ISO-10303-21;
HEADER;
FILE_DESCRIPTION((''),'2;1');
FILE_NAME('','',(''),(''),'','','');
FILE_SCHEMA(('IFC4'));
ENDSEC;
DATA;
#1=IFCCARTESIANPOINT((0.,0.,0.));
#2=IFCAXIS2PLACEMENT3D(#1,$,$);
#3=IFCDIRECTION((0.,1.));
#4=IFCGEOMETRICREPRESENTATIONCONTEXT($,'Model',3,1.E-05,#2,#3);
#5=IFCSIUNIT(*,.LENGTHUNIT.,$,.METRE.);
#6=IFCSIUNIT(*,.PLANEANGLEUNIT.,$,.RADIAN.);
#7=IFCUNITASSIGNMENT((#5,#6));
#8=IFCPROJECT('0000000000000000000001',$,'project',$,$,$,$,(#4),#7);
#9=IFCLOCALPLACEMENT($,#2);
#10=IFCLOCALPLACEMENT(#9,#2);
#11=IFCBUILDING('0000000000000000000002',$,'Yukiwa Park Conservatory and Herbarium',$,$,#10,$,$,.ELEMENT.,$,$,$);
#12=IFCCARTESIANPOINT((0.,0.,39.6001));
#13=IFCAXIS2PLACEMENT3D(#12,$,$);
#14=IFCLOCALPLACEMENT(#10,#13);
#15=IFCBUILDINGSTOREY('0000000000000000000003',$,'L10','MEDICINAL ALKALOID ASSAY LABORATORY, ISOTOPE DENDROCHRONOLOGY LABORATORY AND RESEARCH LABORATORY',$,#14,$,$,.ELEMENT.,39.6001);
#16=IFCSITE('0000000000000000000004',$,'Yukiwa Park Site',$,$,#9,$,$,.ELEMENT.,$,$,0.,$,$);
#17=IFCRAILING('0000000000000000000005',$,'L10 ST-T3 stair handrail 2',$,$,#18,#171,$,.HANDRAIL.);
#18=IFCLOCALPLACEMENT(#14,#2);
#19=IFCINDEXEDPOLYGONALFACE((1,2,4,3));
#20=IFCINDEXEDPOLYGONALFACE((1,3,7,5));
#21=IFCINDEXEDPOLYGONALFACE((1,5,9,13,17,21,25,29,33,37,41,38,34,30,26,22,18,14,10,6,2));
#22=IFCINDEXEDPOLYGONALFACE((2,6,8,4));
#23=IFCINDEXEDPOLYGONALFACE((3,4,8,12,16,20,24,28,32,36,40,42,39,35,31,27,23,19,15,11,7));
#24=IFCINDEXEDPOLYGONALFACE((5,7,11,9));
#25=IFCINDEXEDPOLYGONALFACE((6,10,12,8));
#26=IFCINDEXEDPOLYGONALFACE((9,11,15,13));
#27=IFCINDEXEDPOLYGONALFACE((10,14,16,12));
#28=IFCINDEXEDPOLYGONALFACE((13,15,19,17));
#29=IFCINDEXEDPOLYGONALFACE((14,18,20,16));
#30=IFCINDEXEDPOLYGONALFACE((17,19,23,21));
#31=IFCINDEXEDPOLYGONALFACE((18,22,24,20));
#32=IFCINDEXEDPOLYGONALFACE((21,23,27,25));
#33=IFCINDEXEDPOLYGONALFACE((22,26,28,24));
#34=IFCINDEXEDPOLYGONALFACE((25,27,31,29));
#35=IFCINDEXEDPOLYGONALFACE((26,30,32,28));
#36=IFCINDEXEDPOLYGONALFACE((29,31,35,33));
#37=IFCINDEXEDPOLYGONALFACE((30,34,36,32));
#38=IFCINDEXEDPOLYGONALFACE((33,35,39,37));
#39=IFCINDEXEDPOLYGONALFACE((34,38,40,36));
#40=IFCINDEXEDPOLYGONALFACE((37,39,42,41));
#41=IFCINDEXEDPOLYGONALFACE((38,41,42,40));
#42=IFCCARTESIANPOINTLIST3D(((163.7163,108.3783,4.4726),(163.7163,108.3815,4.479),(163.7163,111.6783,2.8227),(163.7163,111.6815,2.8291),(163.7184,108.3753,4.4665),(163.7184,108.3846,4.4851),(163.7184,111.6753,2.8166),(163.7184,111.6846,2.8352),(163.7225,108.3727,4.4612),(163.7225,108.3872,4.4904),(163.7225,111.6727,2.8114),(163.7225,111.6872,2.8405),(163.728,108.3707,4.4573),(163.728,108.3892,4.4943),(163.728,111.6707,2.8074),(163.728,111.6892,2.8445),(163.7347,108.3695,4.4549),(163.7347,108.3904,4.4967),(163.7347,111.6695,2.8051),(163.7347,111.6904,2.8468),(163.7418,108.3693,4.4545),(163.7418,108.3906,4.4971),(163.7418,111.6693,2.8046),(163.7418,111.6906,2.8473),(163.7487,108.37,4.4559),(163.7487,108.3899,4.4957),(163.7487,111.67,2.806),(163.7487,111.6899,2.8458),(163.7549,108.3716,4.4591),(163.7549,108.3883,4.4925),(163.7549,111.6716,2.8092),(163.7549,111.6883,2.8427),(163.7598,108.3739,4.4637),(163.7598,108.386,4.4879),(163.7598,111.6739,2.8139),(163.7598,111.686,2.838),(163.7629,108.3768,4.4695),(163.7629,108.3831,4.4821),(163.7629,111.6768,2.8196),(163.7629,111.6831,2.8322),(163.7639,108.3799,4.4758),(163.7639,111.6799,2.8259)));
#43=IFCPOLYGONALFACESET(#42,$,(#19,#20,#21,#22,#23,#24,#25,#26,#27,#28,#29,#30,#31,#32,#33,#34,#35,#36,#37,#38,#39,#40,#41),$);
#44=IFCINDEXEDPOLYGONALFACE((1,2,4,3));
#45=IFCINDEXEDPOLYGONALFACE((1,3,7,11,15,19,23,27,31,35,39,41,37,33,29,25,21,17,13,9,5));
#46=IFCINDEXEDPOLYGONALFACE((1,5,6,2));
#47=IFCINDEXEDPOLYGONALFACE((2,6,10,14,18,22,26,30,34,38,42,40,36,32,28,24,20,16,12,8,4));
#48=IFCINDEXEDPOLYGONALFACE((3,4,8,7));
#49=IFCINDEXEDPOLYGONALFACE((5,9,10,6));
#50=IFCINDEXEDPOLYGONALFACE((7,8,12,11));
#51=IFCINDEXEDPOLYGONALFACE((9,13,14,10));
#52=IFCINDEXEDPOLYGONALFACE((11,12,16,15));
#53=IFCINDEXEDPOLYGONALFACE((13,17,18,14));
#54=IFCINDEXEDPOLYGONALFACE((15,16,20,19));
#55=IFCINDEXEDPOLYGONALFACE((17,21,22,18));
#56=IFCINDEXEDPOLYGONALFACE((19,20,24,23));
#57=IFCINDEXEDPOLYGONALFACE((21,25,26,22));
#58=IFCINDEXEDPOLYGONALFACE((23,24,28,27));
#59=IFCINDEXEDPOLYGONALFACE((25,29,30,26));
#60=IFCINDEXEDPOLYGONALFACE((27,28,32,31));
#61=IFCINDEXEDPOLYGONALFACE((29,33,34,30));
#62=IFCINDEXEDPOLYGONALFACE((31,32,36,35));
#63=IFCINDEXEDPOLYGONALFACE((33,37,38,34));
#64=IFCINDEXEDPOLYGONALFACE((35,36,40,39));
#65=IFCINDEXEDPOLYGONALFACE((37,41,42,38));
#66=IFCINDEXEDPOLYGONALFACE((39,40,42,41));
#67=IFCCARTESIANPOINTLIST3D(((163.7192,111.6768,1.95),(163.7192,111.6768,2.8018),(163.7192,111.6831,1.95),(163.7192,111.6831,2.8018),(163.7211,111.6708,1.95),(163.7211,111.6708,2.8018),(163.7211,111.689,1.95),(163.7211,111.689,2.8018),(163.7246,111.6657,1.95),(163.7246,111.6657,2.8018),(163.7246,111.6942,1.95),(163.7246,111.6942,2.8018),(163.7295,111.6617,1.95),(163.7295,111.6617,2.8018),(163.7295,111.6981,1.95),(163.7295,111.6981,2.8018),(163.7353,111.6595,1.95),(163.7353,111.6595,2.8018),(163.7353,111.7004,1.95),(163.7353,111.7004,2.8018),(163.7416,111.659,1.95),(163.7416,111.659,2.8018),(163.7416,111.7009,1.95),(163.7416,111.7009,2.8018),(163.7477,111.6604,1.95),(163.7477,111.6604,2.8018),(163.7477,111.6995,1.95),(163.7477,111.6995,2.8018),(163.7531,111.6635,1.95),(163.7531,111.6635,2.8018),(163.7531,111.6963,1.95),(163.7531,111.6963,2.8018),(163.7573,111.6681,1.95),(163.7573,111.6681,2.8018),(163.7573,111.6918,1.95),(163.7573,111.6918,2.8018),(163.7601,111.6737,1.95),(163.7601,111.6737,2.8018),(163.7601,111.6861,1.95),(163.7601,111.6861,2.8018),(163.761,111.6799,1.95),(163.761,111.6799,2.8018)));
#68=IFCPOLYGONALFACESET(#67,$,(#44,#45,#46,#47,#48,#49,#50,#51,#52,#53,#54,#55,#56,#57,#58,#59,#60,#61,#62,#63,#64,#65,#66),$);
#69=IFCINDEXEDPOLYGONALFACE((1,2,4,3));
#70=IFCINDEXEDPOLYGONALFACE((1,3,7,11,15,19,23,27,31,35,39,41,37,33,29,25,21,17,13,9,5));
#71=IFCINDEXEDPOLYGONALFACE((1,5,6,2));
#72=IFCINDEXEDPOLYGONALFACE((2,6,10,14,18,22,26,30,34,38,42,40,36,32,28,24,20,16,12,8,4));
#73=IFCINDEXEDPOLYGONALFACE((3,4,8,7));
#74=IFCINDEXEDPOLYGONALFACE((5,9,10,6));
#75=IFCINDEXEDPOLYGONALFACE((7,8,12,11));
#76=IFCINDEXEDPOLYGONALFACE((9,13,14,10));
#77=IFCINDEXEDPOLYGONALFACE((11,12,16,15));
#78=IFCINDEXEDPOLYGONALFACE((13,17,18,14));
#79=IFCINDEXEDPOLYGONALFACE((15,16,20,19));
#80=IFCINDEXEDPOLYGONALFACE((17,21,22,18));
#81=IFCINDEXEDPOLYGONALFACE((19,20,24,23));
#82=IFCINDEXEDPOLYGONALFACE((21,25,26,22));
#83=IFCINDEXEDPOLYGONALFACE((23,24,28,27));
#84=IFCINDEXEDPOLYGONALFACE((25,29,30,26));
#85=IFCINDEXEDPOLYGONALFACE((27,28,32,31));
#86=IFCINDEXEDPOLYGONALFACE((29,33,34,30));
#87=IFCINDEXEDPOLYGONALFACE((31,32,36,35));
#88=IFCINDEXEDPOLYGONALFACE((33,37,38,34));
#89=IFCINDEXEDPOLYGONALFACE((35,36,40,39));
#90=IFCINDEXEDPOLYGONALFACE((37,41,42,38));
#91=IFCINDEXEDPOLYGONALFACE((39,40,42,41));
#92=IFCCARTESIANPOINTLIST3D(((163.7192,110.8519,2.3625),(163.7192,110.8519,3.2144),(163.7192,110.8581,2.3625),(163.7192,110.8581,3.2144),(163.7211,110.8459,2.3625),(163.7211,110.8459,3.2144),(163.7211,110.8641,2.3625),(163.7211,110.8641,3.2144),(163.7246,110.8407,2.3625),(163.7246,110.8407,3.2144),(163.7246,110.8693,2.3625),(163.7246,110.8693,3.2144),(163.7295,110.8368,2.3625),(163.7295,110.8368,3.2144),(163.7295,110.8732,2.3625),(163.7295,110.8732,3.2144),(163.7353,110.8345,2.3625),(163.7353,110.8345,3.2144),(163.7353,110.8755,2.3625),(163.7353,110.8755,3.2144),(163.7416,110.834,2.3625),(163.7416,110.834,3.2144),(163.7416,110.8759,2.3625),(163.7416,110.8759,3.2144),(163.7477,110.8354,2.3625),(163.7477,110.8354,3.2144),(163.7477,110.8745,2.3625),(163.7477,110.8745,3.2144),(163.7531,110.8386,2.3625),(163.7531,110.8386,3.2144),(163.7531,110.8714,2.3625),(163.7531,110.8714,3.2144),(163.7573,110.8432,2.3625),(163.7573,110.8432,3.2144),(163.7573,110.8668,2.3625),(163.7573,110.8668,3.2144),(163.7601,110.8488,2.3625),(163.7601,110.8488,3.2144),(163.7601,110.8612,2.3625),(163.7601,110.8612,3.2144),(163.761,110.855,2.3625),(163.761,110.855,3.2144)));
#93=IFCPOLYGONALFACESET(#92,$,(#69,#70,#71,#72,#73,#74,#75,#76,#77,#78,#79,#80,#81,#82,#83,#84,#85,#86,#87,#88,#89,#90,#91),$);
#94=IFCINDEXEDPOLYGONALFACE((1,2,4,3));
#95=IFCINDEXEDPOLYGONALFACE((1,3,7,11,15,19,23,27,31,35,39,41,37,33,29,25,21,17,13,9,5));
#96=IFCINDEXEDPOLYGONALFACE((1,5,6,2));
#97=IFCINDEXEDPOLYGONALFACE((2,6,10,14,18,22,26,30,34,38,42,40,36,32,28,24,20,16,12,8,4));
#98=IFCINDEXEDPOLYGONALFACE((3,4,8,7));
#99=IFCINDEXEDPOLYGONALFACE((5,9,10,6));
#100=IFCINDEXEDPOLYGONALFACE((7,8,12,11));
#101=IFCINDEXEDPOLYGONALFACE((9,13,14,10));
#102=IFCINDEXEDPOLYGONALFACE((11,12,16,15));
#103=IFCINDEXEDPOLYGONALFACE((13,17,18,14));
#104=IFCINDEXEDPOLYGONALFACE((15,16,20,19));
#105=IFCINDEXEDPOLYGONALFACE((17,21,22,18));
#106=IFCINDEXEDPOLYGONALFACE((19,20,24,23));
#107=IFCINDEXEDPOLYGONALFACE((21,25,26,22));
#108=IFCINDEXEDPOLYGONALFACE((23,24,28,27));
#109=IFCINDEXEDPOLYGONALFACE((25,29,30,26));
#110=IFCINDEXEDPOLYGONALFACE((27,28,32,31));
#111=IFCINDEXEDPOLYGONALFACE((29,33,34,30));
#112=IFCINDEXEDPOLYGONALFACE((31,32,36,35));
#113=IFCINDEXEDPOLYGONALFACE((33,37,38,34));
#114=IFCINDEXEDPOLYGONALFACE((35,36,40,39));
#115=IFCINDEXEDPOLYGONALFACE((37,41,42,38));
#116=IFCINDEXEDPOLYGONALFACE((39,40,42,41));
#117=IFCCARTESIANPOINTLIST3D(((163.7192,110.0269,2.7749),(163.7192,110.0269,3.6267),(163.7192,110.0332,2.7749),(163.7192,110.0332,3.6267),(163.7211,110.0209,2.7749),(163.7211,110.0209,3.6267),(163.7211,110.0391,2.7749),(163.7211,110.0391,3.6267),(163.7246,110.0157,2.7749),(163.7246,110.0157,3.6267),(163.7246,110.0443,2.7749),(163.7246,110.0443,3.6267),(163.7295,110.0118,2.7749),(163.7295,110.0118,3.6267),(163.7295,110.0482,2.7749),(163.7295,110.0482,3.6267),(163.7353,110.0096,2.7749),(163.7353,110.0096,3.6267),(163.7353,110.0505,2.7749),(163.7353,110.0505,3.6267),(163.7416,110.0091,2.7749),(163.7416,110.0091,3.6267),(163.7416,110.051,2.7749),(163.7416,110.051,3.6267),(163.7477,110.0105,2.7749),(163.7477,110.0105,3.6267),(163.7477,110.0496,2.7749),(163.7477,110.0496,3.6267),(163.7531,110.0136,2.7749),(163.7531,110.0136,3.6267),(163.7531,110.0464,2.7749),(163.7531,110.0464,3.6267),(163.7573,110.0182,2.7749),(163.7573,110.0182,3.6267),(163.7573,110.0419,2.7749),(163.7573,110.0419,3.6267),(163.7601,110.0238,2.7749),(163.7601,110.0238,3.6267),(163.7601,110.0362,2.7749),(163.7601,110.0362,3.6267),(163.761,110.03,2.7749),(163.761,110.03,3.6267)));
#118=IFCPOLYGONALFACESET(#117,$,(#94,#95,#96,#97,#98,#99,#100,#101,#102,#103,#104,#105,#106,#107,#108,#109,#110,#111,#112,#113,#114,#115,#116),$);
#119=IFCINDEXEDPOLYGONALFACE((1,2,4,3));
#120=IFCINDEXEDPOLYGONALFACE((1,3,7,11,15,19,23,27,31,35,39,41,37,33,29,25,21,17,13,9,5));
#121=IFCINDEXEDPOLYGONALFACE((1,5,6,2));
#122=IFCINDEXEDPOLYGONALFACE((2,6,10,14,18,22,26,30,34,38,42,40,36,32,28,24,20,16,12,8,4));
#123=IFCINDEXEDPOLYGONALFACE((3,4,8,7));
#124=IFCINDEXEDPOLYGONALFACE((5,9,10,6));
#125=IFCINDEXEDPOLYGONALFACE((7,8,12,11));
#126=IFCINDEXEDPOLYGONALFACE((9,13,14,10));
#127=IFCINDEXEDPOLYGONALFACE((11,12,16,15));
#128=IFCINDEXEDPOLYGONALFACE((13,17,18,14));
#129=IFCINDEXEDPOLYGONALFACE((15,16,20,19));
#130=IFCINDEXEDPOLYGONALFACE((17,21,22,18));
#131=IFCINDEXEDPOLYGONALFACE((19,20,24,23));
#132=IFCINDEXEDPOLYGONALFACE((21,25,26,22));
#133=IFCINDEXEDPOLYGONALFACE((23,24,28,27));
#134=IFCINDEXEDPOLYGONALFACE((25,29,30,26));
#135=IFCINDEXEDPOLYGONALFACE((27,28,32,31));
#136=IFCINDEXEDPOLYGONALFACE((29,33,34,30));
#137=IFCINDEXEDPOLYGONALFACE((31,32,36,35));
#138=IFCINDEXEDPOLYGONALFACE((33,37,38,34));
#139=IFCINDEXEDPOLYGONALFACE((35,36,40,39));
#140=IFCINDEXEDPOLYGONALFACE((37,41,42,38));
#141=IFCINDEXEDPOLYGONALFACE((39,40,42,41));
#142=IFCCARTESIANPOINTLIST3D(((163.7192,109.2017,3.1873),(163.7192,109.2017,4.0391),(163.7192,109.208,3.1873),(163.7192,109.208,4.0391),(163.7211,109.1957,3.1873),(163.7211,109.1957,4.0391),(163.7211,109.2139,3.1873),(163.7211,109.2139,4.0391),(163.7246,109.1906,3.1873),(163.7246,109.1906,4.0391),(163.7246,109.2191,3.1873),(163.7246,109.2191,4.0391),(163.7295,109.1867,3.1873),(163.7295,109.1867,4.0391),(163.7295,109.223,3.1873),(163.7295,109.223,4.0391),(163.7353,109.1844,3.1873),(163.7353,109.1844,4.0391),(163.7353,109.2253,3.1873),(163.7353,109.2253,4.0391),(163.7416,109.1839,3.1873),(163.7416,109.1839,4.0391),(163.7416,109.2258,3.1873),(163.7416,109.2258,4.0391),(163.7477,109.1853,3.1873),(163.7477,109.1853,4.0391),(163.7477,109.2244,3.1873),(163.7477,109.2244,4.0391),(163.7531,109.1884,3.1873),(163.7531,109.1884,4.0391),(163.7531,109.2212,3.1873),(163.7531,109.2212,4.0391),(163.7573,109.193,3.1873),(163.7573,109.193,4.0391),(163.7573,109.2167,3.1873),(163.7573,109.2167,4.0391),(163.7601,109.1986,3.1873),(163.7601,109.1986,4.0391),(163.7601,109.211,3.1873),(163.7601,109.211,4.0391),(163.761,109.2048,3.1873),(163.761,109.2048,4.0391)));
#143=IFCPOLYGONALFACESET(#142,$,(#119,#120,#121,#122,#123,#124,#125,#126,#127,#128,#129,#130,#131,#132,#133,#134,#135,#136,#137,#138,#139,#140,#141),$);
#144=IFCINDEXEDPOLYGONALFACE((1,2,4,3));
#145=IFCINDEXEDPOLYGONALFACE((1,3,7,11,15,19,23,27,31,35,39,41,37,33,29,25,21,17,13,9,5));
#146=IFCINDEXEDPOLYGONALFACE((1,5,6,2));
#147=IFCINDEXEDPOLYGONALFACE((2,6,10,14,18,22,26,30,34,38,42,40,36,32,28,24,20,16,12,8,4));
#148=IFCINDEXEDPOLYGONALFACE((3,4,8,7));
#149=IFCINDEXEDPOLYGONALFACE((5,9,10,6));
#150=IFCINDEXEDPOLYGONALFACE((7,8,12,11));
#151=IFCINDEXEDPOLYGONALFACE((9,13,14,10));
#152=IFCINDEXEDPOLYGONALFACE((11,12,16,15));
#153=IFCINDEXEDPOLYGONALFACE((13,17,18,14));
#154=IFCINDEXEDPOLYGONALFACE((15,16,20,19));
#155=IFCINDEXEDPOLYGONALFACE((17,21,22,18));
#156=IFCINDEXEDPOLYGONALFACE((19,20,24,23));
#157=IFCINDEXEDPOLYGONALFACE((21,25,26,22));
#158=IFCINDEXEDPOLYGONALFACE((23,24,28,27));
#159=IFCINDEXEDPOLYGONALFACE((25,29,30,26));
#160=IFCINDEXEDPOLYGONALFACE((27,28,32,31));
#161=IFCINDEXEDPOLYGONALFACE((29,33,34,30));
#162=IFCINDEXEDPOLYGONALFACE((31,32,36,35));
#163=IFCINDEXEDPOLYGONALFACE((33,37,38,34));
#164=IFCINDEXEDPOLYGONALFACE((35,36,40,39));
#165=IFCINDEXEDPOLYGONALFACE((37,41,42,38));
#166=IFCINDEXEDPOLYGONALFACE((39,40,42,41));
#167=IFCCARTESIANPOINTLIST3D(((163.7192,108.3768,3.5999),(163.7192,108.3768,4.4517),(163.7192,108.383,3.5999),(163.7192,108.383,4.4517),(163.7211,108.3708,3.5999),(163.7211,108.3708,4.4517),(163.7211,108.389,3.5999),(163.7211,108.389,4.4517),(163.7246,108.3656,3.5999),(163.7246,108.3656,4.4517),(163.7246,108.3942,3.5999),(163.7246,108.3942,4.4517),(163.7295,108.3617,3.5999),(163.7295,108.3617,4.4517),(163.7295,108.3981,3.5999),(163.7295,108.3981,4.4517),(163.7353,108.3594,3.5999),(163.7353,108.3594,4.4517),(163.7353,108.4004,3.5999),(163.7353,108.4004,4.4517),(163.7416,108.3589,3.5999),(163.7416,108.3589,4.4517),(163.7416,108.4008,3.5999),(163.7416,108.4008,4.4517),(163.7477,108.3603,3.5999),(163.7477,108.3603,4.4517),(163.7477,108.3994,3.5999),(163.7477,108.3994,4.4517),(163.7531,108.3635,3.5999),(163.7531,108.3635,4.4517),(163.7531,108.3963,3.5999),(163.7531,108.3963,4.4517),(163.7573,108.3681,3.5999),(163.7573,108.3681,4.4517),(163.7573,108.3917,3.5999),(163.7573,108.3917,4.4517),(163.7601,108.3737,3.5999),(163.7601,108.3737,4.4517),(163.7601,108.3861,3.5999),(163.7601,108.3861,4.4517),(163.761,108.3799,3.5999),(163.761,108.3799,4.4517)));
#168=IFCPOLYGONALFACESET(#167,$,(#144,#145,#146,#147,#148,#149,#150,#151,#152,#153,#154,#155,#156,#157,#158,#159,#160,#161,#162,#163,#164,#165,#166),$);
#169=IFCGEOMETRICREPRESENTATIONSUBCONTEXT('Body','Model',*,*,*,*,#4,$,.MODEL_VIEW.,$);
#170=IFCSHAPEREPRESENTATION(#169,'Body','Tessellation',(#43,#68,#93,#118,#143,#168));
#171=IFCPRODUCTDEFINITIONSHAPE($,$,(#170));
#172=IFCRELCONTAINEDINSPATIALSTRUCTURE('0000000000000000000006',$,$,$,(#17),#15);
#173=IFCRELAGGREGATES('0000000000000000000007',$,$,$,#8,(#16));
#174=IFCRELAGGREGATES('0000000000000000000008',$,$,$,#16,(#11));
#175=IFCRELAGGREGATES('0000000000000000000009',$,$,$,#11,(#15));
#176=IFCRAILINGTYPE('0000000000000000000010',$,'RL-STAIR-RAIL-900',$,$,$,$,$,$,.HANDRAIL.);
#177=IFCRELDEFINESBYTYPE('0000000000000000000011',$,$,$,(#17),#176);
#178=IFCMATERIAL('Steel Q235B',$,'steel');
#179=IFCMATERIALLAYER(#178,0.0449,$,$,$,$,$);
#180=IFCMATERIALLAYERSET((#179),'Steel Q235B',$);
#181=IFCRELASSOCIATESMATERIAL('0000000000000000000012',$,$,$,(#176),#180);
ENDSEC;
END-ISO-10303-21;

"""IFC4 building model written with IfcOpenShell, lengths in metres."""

from ifc_helpers import new_model, si_unit, direction, frame, origin, origin_2d, place, context, subcontext, project, spatial, circle, extrude, material, layer, layer_set, type_object, element, save


model = new_model("IFC4")

# Units and contexts
model_context = context("Model", 3, precision=1e-05, world=origin(), true_north=direction((0.0, 1.0)))
body_context = subcontext(model_context, "Body", "Model", "MODEL_VIEW")
ifc_project = project(units=[si_unit("LENGTHUNIT", "METRE"), si_unit("PLANEANGLEUNIT", "RADIAN")], contexts=[model_context])

# Site, building, storey
site_placement = place(None, origin())
site = spatial("IfcSite", under=ifc_project, at=site_placement, Name="Yukiwa Park Site", CompositionType="ELEMENT", RefElevation=0.0)
building_placement = place(site_placement, origin())
building = spatial("IfcBuilding", under=site, at=building_placement, Name="Yukiwa Park Conservatory and Herbarium", CompositionType="ELEMENT")
storey_placement = place(building_placement, frame((0.0, 0.0, 39.6001)))
storey = spatial("IfcBuildingStorey", under=building, at=storey_placement, Name="L10", Description="MEDICINAL ALKALOID ASSAY LABORATORY, ISOTOPE DENDROCHRONOLOGY LABORATORY AND RESEARCH LABORATORY", CompositionType="ELEMENT", Elevation=39.6001)

# Railing
ifc_material_1 = material(Name="Steel Q235B", Category="steel")
ifc_layer_1 = layer(ifc_material_1, 0.0449)
ifc_layer_set_1 = layer_set([ifc_layer_1], Name="Steel Q235B")
railing_type_1 = type_object("IfcRailingType", Name="RL-STAIR-RAIL-900", PredefinedType="HANDRAIL", material=ifc_layer_set_1)
railing_1_placement = place(storey_placement, frame((163.74, 111.6799, 1.95)))
element("IfcRailing", 1, at=railing_1_placement, inside=storey, type_object=railing_type_1, Name="L10 ST-T3 stair handrail 2", PredefinedType="HANDRAIL", context=body_context, shape_type="SweptSolid", body=[
    extrude(circle(Radius=0.0239, at=origin_2d()), frame((0.0, 0.0, 0.876), z_axis=(0.0, -0.89444, 0.447187), x_axis=(1.0, 0.0, 0.0)), (0.0, 0.0, 1.0), 3.6895),
    extrude(circle(Radius=0.021, at=origin_2d()), origin(), (0.0, 0.0, 1.0), 0.8518),
    extrude(circle(Radius=0.021, at=origin_2d()), frame((0.0, -0.825, 0.4126)), (0.0, 0.0, 1.0), 0.8518),
    extrude(circle(Radius=0.021, at=origin_2d()), frame((0.0, -1.6499, 0.825)), (0.0, 0.0, 1.0), 0.8518),
    extrude(circle(Radius=0.021, at=origin_2d()), frame((0.0, -2.4751, 1.2373)), (0.0, 0.0, 1.0), 0.8518),
    extrude(circle(Radius=0.021, at=origin_2d()), frame((0.0, -3.3, 1.6499)), (0.0, 0.0, 1.0), 0.8518),
])

save(model, "model.ifc")
